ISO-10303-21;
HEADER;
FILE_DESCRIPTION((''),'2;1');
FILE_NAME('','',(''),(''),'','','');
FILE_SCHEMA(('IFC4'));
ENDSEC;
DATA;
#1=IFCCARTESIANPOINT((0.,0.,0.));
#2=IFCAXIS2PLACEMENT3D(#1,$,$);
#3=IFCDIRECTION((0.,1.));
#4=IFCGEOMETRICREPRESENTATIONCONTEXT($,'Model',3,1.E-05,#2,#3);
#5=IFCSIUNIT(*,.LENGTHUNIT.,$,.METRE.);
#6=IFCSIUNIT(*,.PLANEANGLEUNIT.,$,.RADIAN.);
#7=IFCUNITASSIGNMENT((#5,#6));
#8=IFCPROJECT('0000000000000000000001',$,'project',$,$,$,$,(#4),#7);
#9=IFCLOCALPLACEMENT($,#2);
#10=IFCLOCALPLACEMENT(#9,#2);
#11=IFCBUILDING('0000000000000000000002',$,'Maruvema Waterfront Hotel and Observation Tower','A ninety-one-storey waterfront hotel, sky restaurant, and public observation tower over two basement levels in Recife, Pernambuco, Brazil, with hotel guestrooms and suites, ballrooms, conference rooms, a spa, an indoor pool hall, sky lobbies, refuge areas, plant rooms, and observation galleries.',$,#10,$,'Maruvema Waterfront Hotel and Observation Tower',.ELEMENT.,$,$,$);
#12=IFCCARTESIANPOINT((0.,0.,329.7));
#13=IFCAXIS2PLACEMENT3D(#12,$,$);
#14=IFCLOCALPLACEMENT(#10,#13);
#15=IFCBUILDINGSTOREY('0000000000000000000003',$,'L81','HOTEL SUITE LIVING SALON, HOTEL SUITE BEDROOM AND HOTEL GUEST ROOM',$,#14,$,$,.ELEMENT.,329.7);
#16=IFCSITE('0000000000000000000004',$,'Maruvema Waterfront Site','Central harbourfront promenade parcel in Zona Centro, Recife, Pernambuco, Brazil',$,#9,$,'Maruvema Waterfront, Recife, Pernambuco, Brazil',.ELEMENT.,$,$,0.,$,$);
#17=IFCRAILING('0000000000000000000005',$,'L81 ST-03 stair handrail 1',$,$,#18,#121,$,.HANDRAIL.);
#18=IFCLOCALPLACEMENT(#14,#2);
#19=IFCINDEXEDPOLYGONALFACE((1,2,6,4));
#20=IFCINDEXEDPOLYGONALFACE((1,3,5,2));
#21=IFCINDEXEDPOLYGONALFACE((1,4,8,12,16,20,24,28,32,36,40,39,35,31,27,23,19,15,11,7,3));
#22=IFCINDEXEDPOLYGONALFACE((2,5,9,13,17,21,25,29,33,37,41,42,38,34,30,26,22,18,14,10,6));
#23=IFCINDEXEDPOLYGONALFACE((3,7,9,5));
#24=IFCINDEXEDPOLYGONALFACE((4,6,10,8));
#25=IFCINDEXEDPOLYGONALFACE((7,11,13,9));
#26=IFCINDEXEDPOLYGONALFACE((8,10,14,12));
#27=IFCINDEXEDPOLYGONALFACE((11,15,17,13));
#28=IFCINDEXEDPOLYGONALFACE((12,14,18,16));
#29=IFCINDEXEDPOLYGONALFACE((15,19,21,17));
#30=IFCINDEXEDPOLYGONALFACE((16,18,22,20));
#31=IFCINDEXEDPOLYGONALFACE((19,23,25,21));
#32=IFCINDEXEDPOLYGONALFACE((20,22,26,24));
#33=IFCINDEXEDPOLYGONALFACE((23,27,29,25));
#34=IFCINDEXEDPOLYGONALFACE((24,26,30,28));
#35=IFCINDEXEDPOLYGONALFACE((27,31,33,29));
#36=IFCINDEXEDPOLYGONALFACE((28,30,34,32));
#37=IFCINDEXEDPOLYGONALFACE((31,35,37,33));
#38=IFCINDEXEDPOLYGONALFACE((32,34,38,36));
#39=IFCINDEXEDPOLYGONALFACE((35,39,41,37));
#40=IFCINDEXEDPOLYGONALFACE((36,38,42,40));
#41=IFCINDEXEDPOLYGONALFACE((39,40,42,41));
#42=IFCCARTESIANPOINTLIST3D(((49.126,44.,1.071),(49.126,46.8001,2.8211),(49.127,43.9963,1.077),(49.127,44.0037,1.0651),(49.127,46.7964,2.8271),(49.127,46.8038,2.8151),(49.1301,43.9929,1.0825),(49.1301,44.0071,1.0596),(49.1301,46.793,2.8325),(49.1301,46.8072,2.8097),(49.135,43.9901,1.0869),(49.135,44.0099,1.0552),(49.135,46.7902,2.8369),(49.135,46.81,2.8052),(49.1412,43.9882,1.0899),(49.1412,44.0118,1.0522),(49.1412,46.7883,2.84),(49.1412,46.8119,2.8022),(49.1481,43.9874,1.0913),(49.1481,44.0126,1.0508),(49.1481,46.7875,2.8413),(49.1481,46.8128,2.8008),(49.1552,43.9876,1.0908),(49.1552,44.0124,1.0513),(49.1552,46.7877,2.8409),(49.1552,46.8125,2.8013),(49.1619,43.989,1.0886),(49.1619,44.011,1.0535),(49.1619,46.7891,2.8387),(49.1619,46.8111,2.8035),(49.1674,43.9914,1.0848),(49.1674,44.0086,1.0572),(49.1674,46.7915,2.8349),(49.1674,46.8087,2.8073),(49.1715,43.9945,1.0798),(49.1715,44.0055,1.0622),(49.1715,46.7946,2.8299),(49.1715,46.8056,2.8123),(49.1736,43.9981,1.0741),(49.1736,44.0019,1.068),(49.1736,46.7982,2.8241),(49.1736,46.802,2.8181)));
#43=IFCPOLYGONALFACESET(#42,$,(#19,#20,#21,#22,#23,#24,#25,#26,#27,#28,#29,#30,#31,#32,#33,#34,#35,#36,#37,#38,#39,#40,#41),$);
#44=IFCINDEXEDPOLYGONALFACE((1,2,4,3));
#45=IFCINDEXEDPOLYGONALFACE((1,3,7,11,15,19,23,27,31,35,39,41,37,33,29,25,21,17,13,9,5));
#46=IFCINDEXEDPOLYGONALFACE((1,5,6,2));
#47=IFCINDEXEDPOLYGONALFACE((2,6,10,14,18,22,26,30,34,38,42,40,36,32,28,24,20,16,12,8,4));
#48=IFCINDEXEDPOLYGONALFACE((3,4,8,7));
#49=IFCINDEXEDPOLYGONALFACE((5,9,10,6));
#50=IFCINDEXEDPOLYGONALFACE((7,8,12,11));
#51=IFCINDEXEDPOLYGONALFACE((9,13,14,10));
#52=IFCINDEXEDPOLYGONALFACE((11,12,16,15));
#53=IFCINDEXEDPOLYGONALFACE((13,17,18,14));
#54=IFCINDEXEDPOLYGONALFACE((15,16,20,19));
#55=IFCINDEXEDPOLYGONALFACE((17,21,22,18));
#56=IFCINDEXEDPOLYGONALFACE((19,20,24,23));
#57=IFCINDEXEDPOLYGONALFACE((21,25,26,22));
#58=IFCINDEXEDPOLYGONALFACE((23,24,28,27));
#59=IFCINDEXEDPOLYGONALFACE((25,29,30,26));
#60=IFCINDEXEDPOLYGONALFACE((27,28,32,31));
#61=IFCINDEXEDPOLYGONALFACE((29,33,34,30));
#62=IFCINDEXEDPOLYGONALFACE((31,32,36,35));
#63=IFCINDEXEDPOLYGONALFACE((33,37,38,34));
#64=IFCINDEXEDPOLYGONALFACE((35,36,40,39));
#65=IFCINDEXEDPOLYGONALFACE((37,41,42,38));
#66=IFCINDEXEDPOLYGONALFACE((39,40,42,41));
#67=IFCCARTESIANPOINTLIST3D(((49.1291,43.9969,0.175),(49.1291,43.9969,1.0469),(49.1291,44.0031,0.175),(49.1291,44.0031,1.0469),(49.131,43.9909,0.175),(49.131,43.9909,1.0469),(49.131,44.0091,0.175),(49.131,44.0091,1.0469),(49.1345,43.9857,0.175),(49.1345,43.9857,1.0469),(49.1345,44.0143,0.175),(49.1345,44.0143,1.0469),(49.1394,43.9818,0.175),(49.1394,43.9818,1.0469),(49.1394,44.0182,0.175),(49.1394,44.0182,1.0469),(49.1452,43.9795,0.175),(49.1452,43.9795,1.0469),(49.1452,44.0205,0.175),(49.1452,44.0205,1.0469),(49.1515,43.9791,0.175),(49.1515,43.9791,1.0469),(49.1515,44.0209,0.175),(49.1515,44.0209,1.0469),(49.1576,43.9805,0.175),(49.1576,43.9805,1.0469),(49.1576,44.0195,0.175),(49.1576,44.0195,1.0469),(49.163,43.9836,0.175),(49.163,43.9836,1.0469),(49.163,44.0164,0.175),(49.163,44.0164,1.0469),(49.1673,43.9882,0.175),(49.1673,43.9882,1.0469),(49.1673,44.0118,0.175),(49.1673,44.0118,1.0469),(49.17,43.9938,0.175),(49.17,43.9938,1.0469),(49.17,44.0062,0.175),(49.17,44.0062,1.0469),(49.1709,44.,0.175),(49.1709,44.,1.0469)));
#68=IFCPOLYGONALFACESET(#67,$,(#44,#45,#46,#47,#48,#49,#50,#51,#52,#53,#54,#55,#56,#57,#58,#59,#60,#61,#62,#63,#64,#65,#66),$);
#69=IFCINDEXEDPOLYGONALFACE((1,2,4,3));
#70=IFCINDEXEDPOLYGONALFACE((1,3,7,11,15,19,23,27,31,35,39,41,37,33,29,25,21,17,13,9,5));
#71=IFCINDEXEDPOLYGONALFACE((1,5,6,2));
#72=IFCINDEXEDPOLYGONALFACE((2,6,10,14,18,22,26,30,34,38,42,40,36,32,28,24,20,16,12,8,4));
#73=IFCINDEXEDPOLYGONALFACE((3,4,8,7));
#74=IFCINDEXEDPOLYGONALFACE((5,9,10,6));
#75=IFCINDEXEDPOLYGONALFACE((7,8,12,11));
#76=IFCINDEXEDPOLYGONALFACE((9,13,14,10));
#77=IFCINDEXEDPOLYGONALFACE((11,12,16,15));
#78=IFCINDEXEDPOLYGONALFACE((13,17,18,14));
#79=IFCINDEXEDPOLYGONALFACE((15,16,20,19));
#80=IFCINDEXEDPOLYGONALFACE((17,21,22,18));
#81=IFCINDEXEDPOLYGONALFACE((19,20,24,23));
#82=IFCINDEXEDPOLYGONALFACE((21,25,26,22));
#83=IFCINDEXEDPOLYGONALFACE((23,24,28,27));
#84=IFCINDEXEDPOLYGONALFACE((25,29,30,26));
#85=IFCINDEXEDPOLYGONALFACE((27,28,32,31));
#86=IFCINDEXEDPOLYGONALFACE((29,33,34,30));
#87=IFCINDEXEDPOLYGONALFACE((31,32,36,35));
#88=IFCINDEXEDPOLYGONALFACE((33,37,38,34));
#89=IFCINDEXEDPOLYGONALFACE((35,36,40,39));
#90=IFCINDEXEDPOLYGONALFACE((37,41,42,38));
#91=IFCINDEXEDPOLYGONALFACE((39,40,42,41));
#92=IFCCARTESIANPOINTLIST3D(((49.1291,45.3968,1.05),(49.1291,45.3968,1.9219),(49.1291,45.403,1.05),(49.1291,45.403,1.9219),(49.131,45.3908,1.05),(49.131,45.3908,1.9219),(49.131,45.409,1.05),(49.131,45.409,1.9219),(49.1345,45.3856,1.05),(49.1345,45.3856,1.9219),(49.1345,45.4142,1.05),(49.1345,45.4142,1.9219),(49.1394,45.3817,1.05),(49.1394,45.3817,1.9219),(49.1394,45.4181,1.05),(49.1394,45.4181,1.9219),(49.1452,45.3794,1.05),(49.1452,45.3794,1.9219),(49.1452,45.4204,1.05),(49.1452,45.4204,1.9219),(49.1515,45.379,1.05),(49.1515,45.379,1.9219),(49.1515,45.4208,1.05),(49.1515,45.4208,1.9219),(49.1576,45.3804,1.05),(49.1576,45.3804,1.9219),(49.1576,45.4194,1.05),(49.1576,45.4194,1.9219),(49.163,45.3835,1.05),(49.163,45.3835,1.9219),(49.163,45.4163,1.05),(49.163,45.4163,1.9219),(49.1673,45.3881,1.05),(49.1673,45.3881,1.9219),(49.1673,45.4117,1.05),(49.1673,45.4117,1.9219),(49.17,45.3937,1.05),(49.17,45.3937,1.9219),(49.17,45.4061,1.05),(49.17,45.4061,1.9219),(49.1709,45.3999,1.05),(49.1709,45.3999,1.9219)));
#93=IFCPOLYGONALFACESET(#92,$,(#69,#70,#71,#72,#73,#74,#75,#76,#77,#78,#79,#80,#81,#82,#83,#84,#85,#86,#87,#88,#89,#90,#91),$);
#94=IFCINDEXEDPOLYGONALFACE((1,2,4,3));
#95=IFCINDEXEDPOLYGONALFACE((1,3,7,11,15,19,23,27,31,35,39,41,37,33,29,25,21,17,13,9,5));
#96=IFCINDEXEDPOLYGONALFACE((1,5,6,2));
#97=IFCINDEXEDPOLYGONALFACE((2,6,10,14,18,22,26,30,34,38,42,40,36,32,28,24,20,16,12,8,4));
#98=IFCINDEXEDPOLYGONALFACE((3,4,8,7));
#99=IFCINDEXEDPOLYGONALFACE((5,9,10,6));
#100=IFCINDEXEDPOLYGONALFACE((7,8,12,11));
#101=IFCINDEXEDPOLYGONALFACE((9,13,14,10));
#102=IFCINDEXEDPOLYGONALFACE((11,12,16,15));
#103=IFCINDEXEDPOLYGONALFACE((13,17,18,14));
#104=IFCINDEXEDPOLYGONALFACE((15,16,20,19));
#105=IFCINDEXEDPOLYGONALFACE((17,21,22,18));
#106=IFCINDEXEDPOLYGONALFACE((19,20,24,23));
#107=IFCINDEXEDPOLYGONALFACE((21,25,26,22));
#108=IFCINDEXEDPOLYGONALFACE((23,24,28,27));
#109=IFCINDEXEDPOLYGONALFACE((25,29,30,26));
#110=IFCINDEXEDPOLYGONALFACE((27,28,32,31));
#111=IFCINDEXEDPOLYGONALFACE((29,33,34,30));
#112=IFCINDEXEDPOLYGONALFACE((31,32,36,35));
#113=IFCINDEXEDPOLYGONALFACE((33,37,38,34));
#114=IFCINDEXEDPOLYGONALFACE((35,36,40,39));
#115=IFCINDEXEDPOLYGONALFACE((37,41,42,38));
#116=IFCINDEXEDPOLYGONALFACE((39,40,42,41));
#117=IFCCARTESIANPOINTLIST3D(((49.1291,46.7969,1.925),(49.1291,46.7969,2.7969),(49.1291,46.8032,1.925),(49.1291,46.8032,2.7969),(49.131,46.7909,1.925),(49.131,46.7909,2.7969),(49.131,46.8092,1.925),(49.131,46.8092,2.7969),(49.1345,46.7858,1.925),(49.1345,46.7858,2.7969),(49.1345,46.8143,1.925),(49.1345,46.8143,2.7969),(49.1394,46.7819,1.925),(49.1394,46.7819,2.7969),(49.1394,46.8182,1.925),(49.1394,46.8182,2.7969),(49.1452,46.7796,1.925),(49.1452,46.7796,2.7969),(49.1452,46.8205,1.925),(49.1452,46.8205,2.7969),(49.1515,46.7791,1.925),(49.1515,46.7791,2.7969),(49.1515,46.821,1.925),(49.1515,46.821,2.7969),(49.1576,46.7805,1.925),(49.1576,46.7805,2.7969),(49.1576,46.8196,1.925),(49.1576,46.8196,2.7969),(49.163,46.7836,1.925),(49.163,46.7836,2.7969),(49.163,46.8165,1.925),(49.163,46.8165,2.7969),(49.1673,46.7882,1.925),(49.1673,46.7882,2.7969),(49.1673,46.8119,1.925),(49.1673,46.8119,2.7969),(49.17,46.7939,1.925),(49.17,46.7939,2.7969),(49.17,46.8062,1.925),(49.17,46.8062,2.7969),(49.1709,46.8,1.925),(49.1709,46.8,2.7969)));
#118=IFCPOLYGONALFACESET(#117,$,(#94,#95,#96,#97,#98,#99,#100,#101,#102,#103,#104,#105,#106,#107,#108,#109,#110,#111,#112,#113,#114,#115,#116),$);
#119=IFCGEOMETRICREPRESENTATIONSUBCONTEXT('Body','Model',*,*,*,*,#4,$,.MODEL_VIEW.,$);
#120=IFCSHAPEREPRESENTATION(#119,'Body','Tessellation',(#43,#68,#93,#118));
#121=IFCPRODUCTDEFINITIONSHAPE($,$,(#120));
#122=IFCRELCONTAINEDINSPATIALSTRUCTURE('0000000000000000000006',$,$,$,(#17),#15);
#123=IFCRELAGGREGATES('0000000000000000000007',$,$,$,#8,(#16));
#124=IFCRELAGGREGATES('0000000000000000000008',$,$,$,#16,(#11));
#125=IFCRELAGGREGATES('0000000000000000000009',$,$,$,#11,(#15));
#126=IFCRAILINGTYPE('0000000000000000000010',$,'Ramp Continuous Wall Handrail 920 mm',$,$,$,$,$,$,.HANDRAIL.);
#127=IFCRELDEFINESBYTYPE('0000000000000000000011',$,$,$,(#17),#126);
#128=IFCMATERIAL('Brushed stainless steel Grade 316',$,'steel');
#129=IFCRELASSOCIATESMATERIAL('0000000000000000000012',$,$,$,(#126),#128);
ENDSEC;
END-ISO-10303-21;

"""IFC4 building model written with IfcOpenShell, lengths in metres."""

from ifc_helpers import new_model, si_unit, direction, frame, origin, origin_2d, place, context, subcontext, project, spatial, circle, extrude, material, type_object, element, save


model = new_model("IFC4")

# Units and contexts
model_context = context("Model", 3, precision=1e-05, world=origin(), true_north=direction((0.0, 1.0)))
body_context = subcontext(model_context, "Body", "Model", "MODEL_VIEW")
ifc_project = project(units=[si_unit("LENGTHUNIT", "METRE"), si_unit("PLANEANGLEUNIT", "RADIAN")], contexts=[model_context])

# Site, building, storey
site_placement = place(None, origin())
site = spatial("IfcSite", under=ifc_project, at=site_placement, Name="Maruvema Waterfront Site", Description="Central harbourfront promenade parcel in Zona Centro, Recife, Pernambuco, Brazil", LongName="Maruvema Waterfront, Recife, Pernambuco, Brazil", CompositionType="ELEMENT", RefElevation=0.0)
building_placement = place(site_placement, origin())
building = spatial("IfcBuilding", under=site, at=building_placement, Name="Maruvema Waterfront Hotel and Observation Tower", Description="A ninety-one-storey waterfront hotel, sky restaurant, and public observation tower over two basement levels in Recife, Pernambuco, Brazil, with hotel guestrooms and suites, ballrooms, conference rooms, a spa, an indoor pool hall, sky lobbies, refuge areas, plant rooms, and observation galleries.", LongName="Maruvema Waterfront Hotel and Observation Tower", CompositionType="ELEMENT")
storey_placement = place(building_placement, frame((0.0, 0.0, 329.7)))
storey = spatial("IfcBuildingStorey", under=building, at=storey_placement, Name="L81", Description="HOTEL SUITE LIVING SALON, HOTEL SUITE BEDROOM AND HOTEL GUEST ROOM", CompositionType="ELEMENT", Elevation=329.7)

# Railing
ifc_material_1 = material(Name="Brushed stainless steel Grade 316", Category="steel")
railing_type_1 = type_object("IfcRailingType", Name="Ramp Continuous Wall Handrail 920 mm", PredefinedType="HANDRAIL", material=ifc_material_1)
railing_1_placement = place(storey_placement, frame((49.1499, 44.0, 0.175)))
element("IfcRailing", 1, at=railing_1_placement, inside=storey, type_object=railing_type_1, Name="L81 ST-03 stair handrail 1", PredefinedType="HANDRAIL", context=body_context, shape_type="SweptSolid", body=[
    extrude(circle(Radius=0.0239, at=origin_2d()), frame((0.0, 0.0, 0.896), z_axis=(0.0, 0.848002, 0.529992), x_axis=(-1.0, 0.0, 0.0)), (0.0, 0.0, 1.0), 3.302),
    extrude(circle(Radius=0.021, at=origin_2d()), origin(), (0.0, 0.0, 1.0), 0.8718),
    extrude(circle(Radius=0.021, at=origin_2d()), frame((0.0, 1.3999, 0.875)), (0.0, 0.0, 1.0), 0.8718),
    extrude(circle(Radius=0.021, at=origin_2d()), frame((0.0, 2.8, 1.75)), (0.0, 0.0, 1.0), 0.8718),
])

save(model, "model.ifc")
